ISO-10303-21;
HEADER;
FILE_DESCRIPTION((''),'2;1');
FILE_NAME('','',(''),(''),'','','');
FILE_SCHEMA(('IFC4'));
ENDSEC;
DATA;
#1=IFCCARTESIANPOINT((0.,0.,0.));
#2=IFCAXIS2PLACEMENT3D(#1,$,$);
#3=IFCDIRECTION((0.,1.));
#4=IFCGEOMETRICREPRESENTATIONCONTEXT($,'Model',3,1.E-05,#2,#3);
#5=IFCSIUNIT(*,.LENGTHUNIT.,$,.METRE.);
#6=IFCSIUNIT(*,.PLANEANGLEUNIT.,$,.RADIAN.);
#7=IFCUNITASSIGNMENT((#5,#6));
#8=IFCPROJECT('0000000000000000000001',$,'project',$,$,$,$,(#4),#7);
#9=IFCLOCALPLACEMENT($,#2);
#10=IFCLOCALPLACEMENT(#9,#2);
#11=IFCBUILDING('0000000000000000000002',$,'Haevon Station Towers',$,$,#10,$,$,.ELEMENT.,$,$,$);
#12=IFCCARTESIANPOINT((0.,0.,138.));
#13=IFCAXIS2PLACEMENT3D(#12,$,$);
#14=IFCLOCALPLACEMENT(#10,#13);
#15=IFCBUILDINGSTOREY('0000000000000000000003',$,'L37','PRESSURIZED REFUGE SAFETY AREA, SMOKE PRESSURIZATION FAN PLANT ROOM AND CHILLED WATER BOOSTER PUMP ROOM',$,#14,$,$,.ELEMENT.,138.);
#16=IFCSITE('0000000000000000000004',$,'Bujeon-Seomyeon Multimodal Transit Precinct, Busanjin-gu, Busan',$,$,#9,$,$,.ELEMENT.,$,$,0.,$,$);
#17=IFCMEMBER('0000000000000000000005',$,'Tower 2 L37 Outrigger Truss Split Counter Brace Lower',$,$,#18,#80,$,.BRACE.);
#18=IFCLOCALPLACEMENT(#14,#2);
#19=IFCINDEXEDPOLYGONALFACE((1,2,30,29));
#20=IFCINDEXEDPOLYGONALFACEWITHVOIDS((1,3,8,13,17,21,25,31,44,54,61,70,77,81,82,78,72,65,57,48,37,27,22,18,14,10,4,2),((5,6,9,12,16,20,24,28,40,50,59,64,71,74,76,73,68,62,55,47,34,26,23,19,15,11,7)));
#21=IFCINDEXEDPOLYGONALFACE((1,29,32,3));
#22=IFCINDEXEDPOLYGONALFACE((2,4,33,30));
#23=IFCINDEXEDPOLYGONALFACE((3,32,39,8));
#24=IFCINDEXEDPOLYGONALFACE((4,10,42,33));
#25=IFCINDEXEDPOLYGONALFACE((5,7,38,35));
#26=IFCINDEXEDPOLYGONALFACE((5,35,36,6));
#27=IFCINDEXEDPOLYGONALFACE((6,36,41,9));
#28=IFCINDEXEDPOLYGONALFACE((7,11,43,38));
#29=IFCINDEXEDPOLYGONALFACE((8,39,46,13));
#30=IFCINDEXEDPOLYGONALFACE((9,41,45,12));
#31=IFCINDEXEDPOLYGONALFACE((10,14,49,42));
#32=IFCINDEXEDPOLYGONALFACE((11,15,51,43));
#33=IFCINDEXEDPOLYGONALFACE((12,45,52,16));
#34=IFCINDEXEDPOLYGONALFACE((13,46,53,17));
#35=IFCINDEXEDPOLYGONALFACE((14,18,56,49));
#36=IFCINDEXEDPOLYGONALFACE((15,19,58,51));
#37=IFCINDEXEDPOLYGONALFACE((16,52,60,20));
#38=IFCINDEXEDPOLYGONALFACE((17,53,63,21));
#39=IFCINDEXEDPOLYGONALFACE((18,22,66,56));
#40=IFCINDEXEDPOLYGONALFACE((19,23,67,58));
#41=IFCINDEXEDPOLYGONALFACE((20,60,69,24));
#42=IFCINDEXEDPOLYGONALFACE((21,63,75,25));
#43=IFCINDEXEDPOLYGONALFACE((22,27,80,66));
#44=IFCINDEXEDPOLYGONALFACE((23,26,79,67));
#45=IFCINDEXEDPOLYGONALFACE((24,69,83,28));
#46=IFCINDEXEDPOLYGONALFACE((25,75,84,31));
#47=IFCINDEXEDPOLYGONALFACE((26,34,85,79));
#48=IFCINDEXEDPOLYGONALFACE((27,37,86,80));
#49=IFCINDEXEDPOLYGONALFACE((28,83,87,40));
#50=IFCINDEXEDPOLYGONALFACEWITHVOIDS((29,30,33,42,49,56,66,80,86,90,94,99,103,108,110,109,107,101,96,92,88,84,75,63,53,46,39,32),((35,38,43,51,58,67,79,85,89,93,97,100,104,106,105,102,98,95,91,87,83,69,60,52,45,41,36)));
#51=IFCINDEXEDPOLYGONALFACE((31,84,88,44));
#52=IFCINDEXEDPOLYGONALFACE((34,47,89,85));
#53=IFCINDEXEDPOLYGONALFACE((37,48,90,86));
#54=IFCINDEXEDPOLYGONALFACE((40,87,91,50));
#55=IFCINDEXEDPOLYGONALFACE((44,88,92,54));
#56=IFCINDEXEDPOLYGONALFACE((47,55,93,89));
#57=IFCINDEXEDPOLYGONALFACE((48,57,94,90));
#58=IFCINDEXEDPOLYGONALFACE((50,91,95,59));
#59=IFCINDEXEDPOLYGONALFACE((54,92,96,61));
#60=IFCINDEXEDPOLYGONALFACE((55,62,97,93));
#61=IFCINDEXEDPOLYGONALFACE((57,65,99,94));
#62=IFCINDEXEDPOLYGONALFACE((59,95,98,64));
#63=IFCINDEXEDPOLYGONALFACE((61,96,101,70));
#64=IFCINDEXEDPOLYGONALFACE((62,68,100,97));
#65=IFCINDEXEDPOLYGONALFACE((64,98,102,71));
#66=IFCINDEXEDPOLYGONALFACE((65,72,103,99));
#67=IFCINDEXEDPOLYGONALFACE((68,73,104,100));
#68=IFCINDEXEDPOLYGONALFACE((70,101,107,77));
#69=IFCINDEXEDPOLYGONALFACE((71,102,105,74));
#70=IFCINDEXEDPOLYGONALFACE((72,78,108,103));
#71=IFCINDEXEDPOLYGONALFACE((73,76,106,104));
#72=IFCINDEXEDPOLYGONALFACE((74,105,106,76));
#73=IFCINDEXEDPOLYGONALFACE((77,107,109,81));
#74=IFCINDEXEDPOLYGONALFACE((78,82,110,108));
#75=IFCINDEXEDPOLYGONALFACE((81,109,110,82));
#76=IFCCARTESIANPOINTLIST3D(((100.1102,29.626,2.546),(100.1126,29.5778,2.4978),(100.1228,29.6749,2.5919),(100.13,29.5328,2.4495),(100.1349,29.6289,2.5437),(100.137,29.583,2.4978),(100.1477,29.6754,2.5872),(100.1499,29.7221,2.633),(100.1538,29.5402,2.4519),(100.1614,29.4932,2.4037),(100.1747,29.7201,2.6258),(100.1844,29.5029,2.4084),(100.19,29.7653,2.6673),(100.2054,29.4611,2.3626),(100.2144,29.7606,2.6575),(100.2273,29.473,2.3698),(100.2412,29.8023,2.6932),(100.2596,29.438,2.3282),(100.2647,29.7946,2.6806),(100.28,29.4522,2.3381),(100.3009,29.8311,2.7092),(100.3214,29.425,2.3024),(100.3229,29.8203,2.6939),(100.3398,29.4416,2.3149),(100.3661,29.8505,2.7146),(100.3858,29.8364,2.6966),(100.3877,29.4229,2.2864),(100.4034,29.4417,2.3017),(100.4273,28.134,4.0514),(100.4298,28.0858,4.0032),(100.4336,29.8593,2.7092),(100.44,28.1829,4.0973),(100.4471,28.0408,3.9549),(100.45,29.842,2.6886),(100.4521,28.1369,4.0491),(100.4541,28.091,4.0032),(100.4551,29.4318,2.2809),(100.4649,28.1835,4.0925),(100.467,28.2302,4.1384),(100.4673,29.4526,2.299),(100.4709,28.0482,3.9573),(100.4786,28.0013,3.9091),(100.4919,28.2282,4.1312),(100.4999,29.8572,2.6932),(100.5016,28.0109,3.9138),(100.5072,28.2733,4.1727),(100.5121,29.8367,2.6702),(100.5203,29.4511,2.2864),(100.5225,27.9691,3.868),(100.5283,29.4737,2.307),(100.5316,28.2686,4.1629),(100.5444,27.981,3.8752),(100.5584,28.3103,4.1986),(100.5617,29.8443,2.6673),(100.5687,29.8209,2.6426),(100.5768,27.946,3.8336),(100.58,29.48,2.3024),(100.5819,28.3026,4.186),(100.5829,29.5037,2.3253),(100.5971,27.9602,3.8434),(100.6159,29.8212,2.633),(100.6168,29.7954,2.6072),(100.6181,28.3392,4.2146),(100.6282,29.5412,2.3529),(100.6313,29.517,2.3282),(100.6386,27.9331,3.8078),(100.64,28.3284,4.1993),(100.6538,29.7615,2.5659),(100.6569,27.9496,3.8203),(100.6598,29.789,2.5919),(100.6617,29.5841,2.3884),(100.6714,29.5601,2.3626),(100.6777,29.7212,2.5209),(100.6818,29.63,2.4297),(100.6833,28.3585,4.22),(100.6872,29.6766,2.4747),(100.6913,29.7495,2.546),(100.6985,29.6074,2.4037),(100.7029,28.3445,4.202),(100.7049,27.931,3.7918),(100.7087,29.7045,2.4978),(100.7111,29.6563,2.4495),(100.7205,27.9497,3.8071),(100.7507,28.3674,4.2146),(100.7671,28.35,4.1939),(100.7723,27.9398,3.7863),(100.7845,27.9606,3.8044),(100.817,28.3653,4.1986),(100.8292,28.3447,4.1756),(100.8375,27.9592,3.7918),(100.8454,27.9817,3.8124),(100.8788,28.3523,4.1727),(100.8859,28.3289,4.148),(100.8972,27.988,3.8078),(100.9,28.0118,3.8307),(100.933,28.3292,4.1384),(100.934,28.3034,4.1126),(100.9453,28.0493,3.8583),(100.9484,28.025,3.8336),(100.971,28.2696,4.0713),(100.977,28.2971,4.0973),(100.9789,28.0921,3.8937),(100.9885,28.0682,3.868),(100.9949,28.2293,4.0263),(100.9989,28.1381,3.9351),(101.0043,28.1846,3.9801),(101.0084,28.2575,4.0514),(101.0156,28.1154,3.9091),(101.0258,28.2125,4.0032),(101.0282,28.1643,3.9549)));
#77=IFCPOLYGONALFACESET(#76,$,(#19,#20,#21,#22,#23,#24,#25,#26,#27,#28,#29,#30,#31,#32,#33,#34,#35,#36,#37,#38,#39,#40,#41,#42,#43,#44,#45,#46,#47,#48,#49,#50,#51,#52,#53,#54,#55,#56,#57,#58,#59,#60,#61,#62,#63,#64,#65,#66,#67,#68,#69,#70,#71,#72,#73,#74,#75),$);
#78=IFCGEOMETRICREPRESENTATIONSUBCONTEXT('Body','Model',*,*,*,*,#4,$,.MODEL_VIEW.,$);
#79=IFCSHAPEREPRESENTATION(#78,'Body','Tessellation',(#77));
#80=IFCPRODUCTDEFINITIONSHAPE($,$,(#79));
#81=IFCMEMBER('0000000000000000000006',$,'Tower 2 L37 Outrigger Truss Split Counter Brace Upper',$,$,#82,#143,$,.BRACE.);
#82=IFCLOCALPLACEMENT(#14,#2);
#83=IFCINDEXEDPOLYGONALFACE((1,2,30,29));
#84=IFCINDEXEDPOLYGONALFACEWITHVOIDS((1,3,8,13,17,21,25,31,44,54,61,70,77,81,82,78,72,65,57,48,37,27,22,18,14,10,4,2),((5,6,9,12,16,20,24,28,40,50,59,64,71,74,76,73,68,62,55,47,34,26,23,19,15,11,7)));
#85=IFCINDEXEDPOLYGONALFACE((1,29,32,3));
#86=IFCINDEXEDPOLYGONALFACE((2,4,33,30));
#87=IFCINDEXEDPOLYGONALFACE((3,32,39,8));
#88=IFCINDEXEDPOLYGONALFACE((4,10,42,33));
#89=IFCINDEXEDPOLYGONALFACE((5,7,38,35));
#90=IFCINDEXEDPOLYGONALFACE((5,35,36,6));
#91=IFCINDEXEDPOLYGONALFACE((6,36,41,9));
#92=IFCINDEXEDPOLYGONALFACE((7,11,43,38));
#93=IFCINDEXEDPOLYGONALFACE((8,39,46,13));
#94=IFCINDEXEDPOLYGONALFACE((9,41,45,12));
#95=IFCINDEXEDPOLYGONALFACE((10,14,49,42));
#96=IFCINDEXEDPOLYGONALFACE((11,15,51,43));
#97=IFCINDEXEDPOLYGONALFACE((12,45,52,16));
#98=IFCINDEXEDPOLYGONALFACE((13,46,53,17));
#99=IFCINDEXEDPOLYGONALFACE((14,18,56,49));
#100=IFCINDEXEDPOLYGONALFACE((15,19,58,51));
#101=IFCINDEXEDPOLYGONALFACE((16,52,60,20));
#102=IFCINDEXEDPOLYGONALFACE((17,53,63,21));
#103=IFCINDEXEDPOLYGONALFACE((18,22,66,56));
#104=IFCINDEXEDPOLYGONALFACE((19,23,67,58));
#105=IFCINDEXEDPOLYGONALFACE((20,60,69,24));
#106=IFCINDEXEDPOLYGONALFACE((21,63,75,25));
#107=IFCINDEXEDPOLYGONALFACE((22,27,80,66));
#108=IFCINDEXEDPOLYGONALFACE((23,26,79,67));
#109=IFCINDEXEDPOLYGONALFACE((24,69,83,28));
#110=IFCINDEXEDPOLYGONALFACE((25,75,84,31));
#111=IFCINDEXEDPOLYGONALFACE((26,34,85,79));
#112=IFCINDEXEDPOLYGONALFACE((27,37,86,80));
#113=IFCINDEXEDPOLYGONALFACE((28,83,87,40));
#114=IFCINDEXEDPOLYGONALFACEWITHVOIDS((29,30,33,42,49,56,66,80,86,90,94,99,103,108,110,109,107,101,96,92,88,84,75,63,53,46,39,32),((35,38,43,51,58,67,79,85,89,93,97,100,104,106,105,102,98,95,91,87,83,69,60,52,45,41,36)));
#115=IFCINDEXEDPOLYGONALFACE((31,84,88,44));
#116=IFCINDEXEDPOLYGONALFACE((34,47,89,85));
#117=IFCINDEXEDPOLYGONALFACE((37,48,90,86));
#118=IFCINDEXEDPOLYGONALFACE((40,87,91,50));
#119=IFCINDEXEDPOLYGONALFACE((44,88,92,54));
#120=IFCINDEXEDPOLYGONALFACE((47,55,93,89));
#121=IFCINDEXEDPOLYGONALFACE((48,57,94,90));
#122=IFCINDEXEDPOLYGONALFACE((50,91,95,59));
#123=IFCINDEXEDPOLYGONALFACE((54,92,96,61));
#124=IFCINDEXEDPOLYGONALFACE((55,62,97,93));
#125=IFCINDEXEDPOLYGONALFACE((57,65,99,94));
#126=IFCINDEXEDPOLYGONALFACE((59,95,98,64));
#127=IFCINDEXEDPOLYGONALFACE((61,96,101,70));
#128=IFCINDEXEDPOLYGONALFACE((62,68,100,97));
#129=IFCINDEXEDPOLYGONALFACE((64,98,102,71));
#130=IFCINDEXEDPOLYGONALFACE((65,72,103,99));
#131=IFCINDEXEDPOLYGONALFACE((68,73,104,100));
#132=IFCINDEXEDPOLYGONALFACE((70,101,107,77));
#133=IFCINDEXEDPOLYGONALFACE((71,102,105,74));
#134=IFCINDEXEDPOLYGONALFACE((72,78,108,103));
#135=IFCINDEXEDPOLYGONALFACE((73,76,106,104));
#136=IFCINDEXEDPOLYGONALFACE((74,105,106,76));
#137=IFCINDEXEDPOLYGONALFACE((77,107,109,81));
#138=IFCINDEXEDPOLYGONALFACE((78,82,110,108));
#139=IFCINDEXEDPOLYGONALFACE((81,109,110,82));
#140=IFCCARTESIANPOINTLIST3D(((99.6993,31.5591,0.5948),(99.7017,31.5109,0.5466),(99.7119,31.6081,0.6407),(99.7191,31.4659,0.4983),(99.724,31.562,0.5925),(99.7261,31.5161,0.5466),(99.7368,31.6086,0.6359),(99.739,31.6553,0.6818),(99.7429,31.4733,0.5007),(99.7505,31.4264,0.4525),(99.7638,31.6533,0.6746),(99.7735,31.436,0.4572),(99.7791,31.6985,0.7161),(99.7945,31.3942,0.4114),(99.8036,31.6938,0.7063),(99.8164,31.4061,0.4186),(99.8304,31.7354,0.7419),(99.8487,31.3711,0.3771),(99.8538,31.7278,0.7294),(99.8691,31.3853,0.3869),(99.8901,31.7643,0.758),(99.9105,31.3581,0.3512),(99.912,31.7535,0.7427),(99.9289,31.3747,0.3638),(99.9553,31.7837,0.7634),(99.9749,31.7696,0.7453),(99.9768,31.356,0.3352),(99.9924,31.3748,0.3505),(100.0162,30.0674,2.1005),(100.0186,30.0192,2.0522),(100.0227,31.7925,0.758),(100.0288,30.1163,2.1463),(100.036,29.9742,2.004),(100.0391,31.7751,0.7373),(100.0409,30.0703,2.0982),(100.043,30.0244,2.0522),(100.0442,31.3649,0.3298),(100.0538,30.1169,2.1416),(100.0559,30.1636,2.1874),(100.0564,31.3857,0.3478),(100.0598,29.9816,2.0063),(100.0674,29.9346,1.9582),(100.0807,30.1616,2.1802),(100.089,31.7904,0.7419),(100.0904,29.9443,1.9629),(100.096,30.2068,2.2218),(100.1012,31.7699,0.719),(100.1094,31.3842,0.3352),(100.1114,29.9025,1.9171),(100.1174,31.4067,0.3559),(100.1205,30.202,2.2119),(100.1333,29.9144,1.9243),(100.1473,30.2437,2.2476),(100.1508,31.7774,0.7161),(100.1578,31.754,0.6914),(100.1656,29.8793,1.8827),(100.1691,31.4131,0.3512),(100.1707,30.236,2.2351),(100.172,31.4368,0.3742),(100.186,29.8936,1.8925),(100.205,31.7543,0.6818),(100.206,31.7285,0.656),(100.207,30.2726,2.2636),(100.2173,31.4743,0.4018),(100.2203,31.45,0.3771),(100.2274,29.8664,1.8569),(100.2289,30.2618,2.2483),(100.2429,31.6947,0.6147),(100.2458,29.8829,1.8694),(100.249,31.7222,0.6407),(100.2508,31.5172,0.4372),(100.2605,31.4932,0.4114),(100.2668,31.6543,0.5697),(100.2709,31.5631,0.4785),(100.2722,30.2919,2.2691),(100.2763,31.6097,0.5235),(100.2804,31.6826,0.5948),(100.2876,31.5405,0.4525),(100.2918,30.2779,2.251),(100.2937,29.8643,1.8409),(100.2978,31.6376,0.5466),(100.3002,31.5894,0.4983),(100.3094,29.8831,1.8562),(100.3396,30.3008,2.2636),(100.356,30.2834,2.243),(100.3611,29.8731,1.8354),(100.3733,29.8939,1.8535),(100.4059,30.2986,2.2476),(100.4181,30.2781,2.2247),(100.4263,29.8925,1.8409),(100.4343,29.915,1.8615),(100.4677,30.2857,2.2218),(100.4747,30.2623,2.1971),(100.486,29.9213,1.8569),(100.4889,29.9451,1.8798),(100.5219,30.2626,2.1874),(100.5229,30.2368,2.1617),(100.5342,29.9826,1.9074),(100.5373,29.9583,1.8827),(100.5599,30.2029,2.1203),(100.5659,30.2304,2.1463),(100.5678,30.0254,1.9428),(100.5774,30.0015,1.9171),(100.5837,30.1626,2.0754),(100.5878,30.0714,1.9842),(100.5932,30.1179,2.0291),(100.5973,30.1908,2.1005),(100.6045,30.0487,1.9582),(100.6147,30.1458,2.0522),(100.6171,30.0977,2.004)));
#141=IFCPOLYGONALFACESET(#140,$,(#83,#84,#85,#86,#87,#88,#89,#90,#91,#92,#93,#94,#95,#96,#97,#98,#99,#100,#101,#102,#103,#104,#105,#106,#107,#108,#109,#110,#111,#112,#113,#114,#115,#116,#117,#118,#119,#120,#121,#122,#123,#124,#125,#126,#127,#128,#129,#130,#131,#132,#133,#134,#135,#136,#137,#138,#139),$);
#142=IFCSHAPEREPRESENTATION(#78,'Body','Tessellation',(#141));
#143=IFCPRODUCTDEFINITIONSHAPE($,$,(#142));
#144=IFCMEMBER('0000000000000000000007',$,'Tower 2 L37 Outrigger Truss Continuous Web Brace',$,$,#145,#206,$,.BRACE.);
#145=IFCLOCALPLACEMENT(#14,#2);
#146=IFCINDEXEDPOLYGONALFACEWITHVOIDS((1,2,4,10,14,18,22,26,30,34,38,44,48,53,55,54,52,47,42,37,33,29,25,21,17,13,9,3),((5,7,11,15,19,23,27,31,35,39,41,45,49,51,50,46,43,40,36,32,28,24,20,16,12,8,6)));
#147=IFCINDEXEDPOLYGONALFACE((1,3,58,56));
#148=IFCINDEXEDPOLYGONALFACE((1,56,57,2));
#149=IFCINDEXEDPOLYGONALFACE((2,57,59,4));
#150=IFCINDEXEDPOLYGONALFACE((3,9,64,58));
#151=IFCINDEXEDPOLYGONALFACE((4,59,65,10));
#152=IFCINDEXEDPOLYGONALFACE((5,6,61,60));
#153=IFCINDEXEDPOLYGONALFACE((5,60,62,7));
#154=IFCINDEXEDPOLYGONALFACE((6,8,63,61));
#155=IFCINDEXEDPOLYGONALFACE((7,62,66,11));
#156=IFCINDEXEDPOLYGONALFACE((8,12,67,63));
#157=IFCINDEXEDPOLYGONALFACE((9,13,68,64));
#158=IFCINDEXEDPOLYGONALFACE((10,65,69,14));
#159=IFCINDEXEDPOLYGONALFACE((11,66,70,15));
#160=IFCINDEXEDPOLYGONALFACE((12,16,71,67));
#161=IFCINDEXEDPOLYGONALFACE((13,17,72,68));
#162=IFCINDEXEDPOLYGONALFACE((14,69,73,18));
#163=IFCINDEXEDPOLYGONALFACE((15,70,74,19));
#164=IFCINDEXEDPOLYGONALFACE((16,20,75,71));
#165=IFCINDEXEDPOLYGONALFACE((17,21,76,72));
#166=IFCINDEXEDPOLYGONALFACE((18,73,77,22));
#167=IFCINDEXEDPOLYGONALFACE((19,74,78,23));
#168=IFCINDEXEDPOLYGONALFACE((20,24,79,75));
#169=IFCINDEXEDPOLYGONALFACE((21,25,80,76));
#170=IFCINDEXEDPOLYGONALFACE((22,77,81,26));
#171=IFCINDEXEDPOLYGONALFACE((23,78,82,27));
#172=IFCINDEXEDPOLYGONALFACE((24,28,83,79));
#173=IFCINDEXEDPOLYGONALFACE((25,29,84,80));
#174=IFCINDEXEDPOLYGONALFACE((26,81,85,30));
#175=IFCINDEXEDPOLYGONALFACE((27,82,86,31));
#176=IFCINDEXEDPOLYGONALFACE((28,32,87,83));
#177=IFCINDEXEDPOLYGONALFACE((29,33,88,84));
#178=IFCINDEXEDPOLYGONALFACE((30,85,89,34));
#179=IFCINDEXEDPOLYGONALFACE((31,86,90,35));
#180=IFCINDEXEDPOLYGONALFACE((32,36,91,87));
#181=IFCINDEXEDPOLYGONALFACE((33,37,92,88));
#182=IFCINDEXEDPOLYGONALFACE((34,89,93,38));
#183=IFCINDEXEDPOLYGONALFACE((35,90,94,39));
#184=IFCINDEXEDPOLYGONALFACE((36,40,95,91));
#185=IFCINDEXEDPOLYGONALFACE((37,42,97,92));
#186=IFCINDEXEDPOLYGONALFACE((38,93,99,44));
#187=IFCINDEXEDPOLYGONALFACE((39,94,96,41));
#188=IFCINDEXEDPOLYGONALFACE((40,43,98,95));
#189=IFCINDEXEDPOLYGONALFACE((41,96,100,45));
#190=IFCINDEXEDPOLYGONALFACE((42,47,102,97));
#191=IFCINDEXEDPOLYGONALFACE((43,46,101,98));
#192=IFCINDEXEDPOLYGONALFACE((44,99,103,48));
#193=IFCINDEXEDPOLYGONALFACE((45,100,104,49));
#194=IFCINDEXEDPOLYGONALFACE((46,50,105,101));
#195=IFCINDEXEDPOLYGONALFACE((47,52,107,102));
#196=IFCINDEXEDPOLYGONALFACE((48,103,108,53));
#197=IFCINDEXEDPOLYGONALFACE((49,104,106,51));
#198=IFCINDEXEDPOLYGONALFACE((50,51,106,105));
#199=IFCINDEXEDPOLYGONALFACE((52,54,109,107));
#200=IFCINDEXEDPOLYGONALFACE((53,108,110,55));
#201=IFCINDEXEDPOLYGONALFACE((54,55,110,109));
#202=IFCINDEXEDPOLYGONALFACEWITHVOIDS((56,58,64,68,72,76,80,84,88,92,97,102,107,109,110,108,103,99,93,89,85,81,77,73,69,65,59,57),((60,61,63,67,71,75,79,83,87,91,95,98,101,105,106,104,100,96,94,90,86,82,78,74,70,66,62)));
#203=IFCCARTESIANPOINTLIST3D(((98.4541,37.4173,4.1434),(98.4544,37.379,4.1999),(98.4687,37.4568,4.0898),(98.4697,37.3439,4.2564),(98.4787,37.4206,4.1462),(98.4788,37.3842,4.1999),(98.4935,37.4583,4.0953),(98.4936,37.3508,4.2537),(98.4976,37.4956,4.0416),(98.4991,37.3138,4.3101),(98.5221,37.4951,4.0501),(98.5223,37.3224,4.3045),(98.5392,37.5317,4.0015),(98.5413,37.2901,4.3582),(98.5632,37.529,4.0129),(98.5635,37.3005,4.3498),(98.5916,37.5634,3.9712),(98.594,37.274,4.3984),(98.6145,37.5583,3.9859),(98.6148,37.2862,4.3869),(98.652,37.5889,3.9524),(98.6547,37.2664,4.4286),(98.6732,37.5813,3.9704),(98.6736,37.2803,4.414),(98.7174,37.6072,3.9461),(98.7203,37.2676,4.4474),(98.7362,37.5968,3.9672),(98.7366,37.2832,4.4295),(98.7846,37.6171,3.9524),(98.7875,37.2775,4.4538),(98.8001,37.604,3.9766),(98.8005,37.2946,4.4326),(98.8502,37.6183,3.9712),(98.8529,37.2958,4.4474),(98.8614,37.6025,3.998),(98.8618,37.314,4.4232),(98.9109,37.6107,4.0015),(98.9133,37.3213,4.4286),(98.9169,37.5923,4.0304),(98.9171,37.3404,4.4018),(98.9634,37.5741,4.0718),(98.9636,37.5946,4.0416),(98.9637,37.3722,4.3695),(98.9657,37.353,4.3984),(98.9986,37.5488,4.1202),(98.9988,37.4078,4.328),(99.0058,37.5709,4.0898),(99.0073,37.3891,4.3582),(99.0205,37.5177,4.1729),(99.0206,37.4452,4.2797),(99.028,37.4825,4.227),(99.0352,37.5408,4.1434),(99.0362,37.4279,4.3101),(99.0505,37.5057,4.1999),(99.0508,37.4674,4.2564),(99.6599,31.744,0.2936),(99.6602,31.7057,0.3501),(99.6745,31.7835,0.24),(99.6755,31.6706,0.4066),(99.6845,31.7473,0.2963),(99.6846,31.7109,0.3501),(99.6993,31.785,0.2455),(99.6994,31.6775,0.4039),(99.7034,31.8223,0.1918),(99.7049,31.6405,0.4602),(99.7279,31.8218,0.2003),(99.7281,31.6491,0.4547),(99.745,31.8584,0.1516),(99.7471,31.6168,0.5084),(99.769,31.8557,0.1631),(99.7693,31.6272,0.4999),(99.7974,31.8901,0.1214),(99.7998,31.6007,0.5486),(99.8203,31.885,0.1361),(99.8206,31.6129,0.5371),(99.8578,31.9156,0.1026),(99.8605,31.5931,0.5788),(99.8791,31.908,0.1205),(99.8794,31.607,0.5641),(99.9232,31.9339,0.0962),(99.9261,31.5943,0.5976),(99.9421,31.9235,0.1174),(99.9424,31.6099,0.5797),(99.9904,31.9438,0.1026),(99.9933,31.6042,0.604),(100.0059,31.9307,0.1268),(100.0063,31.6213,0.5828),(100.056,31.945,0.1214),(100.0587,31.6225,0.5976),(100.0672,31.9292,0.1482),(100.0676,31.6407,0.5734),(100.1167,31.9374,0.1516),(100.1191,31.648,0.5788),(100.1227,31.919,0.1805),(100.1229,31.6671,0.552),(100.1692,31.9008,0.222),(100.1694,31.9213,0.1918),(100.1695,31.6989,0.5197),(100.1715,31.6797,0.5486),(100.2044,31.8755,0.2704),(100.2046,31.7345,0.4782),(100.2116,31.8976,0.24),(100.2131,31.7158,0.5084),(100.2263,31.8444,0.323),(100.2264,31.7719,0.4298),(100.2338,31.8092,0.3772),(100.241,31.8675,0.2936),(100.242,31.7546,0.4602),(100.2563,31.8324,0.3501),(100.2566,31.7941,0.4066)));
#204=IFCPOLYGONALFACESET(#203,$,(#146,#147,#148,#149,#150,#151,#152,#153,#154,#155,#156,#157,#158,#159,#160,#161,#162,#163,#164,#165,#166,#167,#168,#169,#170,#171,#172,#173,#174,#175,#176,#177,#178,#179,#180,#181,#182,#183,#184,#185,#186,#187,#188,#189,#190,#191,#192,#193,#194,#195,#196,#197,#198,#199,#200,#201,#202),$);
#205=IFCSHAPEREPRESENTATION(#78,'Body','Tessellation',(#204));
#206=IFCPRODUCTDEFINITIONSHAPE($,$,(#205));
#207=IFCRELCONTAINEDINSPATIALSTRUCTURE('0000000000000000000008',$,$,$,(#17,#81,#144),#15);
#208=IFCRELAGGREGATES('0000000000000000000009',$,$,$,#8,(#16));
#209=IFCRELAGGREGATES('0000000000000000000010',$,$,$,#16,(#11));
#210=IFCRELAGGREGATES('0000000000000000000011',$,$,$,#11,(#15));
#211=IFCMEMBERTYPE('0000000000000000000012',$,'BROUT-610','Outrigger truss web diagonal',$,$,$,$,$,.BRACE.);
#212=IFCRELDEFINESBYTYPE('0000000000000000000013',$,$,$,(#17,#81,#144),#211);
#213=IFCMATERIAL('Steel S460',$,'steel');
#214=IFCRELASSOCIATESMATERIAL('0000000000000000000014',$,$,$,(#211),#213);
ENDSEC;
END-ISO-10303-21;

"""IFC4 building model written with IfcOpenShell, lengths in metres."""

from ifc_helpers import new_model, si_unit, direction, frame, origin, origin_2d, place, context, subcontext, project, spatial, hollow_circle, extrude, material, material_profile, profile_set, type_object, element, save


model = new_model("IFC4")

# Units and contexts
model_context = context("Model", 3, precision=1e-05, world=origin(), true_north=direction((0.0, 1.0)))
body_context = subcontext(model_context, "Body", "Model", "MODEL_VIEW")
ifc_project = project(units=[si_unit("LENGTHUNIT", "METRE"), si_unit("PLANEANGLEUNIT", "RADIAN")], contexts=[model_context])

# Site, building, storey
site_placement = place(None, origin())
site = spatial("IfcSite", under=ifc_project, at=site_placement, Name="Bujeon-Seomyeon Multimodal Transit Precinct, Busanjin-gu, Busan", CompositionType="ELEMENT", RefElevation=0.0)
building_placement = place(site_placement, origin())
building = spatial("IfcBuilding", under=site, at=building_placement, Name="Haevon Station Towers", CompositionType="ELEMENT")
storey_placement = place(building_placement, frame((0.0, 0.0, 138.0)))
storey = spatial("IfcBuildingStorey", under=building, at=storey_placement, Name="L37", Description="PRESSURIZED REFUGE SAFETY AREA, SMOKE PRESSURIZATION FAN PLANT ROOM AND CHILLED WATER BOOSTER PUMP ROOM", CompositionType="ELEMENT", Elevation=138.0)

# Shared definitions
ifc_material_1 = material(Name="Steel S460", Category="steel")

# Members
ifc_material_profile_1 = material_profile(ifc_material_1, hollow_circle(Radius=0.3047, WallThickness=0.0249, at=origin_2d()), Name="CHS-609.6x25")
ifc_profile_set_1 = profile_set([ifc_material_profile_1], Name="Steel S460")
member_type_1 = type_object("IfcMemberType", Name="BROUT-610", Description="Outrigger truss web diagonal", PredefinedType="BRACE", material=ifc_profile_set_1)
for number, where, z_axis, x_axis, name in (
    (1, (100.7278, 28.1492, 4.0032), (-0.147986, 0.696181, -0.702447), (-0.978145, -0.207922, 0.0), "Tower 2 L37 Outrigger Truss Split Counter Brace Lower"),
    (2, (100.3167, 30.0825, 2.0522), (-0.147874, 0.696079, -0.702572), (-0.978171, -0.207801, 0.0), "Tower 2 L37 Outrigger Truss Split Counter Brace Upper"),
):
    element("IfcMember", number, at=place(storey_placement, frame(where, z_axis=z_axis, x_axis=x_axis)), inside=storey, type_object=member_type_1, Name=name, PredefinedType="BRACE", context=body_context, shape_type="SweptSolid", body=[
        extrude(hollow_circle(Radius=0.3047, WallThickness=0.0249, at=origin_2d()), origin(), (0.0, 0.0, 1.0), 2.1431),
    ])
member_1_placement = place(storey_placement, frame((99.9583, 31.769, 0.3501), z_axis=(-0.173212, 0.814962, 0.553023), x_axis=(-0.978151, -0.207896, 0.0)))
element("IfcMember", 3, at=member_1_placement, inside=storey, type_object=member_type_1, Name="Tower 2 L37 Outrigger Truss Continuous Web Brace", PredefinedType="BRACE", context=body_context, shape_type="SweptSolid", body=[
    extrude(hollow_circle(Radius=0.3047, WallThickness=0.0249, at=origin_2d()), origin(), (0.0, 0.0, 1.0), 6.9614),
])

save(model, "model.ifc")
